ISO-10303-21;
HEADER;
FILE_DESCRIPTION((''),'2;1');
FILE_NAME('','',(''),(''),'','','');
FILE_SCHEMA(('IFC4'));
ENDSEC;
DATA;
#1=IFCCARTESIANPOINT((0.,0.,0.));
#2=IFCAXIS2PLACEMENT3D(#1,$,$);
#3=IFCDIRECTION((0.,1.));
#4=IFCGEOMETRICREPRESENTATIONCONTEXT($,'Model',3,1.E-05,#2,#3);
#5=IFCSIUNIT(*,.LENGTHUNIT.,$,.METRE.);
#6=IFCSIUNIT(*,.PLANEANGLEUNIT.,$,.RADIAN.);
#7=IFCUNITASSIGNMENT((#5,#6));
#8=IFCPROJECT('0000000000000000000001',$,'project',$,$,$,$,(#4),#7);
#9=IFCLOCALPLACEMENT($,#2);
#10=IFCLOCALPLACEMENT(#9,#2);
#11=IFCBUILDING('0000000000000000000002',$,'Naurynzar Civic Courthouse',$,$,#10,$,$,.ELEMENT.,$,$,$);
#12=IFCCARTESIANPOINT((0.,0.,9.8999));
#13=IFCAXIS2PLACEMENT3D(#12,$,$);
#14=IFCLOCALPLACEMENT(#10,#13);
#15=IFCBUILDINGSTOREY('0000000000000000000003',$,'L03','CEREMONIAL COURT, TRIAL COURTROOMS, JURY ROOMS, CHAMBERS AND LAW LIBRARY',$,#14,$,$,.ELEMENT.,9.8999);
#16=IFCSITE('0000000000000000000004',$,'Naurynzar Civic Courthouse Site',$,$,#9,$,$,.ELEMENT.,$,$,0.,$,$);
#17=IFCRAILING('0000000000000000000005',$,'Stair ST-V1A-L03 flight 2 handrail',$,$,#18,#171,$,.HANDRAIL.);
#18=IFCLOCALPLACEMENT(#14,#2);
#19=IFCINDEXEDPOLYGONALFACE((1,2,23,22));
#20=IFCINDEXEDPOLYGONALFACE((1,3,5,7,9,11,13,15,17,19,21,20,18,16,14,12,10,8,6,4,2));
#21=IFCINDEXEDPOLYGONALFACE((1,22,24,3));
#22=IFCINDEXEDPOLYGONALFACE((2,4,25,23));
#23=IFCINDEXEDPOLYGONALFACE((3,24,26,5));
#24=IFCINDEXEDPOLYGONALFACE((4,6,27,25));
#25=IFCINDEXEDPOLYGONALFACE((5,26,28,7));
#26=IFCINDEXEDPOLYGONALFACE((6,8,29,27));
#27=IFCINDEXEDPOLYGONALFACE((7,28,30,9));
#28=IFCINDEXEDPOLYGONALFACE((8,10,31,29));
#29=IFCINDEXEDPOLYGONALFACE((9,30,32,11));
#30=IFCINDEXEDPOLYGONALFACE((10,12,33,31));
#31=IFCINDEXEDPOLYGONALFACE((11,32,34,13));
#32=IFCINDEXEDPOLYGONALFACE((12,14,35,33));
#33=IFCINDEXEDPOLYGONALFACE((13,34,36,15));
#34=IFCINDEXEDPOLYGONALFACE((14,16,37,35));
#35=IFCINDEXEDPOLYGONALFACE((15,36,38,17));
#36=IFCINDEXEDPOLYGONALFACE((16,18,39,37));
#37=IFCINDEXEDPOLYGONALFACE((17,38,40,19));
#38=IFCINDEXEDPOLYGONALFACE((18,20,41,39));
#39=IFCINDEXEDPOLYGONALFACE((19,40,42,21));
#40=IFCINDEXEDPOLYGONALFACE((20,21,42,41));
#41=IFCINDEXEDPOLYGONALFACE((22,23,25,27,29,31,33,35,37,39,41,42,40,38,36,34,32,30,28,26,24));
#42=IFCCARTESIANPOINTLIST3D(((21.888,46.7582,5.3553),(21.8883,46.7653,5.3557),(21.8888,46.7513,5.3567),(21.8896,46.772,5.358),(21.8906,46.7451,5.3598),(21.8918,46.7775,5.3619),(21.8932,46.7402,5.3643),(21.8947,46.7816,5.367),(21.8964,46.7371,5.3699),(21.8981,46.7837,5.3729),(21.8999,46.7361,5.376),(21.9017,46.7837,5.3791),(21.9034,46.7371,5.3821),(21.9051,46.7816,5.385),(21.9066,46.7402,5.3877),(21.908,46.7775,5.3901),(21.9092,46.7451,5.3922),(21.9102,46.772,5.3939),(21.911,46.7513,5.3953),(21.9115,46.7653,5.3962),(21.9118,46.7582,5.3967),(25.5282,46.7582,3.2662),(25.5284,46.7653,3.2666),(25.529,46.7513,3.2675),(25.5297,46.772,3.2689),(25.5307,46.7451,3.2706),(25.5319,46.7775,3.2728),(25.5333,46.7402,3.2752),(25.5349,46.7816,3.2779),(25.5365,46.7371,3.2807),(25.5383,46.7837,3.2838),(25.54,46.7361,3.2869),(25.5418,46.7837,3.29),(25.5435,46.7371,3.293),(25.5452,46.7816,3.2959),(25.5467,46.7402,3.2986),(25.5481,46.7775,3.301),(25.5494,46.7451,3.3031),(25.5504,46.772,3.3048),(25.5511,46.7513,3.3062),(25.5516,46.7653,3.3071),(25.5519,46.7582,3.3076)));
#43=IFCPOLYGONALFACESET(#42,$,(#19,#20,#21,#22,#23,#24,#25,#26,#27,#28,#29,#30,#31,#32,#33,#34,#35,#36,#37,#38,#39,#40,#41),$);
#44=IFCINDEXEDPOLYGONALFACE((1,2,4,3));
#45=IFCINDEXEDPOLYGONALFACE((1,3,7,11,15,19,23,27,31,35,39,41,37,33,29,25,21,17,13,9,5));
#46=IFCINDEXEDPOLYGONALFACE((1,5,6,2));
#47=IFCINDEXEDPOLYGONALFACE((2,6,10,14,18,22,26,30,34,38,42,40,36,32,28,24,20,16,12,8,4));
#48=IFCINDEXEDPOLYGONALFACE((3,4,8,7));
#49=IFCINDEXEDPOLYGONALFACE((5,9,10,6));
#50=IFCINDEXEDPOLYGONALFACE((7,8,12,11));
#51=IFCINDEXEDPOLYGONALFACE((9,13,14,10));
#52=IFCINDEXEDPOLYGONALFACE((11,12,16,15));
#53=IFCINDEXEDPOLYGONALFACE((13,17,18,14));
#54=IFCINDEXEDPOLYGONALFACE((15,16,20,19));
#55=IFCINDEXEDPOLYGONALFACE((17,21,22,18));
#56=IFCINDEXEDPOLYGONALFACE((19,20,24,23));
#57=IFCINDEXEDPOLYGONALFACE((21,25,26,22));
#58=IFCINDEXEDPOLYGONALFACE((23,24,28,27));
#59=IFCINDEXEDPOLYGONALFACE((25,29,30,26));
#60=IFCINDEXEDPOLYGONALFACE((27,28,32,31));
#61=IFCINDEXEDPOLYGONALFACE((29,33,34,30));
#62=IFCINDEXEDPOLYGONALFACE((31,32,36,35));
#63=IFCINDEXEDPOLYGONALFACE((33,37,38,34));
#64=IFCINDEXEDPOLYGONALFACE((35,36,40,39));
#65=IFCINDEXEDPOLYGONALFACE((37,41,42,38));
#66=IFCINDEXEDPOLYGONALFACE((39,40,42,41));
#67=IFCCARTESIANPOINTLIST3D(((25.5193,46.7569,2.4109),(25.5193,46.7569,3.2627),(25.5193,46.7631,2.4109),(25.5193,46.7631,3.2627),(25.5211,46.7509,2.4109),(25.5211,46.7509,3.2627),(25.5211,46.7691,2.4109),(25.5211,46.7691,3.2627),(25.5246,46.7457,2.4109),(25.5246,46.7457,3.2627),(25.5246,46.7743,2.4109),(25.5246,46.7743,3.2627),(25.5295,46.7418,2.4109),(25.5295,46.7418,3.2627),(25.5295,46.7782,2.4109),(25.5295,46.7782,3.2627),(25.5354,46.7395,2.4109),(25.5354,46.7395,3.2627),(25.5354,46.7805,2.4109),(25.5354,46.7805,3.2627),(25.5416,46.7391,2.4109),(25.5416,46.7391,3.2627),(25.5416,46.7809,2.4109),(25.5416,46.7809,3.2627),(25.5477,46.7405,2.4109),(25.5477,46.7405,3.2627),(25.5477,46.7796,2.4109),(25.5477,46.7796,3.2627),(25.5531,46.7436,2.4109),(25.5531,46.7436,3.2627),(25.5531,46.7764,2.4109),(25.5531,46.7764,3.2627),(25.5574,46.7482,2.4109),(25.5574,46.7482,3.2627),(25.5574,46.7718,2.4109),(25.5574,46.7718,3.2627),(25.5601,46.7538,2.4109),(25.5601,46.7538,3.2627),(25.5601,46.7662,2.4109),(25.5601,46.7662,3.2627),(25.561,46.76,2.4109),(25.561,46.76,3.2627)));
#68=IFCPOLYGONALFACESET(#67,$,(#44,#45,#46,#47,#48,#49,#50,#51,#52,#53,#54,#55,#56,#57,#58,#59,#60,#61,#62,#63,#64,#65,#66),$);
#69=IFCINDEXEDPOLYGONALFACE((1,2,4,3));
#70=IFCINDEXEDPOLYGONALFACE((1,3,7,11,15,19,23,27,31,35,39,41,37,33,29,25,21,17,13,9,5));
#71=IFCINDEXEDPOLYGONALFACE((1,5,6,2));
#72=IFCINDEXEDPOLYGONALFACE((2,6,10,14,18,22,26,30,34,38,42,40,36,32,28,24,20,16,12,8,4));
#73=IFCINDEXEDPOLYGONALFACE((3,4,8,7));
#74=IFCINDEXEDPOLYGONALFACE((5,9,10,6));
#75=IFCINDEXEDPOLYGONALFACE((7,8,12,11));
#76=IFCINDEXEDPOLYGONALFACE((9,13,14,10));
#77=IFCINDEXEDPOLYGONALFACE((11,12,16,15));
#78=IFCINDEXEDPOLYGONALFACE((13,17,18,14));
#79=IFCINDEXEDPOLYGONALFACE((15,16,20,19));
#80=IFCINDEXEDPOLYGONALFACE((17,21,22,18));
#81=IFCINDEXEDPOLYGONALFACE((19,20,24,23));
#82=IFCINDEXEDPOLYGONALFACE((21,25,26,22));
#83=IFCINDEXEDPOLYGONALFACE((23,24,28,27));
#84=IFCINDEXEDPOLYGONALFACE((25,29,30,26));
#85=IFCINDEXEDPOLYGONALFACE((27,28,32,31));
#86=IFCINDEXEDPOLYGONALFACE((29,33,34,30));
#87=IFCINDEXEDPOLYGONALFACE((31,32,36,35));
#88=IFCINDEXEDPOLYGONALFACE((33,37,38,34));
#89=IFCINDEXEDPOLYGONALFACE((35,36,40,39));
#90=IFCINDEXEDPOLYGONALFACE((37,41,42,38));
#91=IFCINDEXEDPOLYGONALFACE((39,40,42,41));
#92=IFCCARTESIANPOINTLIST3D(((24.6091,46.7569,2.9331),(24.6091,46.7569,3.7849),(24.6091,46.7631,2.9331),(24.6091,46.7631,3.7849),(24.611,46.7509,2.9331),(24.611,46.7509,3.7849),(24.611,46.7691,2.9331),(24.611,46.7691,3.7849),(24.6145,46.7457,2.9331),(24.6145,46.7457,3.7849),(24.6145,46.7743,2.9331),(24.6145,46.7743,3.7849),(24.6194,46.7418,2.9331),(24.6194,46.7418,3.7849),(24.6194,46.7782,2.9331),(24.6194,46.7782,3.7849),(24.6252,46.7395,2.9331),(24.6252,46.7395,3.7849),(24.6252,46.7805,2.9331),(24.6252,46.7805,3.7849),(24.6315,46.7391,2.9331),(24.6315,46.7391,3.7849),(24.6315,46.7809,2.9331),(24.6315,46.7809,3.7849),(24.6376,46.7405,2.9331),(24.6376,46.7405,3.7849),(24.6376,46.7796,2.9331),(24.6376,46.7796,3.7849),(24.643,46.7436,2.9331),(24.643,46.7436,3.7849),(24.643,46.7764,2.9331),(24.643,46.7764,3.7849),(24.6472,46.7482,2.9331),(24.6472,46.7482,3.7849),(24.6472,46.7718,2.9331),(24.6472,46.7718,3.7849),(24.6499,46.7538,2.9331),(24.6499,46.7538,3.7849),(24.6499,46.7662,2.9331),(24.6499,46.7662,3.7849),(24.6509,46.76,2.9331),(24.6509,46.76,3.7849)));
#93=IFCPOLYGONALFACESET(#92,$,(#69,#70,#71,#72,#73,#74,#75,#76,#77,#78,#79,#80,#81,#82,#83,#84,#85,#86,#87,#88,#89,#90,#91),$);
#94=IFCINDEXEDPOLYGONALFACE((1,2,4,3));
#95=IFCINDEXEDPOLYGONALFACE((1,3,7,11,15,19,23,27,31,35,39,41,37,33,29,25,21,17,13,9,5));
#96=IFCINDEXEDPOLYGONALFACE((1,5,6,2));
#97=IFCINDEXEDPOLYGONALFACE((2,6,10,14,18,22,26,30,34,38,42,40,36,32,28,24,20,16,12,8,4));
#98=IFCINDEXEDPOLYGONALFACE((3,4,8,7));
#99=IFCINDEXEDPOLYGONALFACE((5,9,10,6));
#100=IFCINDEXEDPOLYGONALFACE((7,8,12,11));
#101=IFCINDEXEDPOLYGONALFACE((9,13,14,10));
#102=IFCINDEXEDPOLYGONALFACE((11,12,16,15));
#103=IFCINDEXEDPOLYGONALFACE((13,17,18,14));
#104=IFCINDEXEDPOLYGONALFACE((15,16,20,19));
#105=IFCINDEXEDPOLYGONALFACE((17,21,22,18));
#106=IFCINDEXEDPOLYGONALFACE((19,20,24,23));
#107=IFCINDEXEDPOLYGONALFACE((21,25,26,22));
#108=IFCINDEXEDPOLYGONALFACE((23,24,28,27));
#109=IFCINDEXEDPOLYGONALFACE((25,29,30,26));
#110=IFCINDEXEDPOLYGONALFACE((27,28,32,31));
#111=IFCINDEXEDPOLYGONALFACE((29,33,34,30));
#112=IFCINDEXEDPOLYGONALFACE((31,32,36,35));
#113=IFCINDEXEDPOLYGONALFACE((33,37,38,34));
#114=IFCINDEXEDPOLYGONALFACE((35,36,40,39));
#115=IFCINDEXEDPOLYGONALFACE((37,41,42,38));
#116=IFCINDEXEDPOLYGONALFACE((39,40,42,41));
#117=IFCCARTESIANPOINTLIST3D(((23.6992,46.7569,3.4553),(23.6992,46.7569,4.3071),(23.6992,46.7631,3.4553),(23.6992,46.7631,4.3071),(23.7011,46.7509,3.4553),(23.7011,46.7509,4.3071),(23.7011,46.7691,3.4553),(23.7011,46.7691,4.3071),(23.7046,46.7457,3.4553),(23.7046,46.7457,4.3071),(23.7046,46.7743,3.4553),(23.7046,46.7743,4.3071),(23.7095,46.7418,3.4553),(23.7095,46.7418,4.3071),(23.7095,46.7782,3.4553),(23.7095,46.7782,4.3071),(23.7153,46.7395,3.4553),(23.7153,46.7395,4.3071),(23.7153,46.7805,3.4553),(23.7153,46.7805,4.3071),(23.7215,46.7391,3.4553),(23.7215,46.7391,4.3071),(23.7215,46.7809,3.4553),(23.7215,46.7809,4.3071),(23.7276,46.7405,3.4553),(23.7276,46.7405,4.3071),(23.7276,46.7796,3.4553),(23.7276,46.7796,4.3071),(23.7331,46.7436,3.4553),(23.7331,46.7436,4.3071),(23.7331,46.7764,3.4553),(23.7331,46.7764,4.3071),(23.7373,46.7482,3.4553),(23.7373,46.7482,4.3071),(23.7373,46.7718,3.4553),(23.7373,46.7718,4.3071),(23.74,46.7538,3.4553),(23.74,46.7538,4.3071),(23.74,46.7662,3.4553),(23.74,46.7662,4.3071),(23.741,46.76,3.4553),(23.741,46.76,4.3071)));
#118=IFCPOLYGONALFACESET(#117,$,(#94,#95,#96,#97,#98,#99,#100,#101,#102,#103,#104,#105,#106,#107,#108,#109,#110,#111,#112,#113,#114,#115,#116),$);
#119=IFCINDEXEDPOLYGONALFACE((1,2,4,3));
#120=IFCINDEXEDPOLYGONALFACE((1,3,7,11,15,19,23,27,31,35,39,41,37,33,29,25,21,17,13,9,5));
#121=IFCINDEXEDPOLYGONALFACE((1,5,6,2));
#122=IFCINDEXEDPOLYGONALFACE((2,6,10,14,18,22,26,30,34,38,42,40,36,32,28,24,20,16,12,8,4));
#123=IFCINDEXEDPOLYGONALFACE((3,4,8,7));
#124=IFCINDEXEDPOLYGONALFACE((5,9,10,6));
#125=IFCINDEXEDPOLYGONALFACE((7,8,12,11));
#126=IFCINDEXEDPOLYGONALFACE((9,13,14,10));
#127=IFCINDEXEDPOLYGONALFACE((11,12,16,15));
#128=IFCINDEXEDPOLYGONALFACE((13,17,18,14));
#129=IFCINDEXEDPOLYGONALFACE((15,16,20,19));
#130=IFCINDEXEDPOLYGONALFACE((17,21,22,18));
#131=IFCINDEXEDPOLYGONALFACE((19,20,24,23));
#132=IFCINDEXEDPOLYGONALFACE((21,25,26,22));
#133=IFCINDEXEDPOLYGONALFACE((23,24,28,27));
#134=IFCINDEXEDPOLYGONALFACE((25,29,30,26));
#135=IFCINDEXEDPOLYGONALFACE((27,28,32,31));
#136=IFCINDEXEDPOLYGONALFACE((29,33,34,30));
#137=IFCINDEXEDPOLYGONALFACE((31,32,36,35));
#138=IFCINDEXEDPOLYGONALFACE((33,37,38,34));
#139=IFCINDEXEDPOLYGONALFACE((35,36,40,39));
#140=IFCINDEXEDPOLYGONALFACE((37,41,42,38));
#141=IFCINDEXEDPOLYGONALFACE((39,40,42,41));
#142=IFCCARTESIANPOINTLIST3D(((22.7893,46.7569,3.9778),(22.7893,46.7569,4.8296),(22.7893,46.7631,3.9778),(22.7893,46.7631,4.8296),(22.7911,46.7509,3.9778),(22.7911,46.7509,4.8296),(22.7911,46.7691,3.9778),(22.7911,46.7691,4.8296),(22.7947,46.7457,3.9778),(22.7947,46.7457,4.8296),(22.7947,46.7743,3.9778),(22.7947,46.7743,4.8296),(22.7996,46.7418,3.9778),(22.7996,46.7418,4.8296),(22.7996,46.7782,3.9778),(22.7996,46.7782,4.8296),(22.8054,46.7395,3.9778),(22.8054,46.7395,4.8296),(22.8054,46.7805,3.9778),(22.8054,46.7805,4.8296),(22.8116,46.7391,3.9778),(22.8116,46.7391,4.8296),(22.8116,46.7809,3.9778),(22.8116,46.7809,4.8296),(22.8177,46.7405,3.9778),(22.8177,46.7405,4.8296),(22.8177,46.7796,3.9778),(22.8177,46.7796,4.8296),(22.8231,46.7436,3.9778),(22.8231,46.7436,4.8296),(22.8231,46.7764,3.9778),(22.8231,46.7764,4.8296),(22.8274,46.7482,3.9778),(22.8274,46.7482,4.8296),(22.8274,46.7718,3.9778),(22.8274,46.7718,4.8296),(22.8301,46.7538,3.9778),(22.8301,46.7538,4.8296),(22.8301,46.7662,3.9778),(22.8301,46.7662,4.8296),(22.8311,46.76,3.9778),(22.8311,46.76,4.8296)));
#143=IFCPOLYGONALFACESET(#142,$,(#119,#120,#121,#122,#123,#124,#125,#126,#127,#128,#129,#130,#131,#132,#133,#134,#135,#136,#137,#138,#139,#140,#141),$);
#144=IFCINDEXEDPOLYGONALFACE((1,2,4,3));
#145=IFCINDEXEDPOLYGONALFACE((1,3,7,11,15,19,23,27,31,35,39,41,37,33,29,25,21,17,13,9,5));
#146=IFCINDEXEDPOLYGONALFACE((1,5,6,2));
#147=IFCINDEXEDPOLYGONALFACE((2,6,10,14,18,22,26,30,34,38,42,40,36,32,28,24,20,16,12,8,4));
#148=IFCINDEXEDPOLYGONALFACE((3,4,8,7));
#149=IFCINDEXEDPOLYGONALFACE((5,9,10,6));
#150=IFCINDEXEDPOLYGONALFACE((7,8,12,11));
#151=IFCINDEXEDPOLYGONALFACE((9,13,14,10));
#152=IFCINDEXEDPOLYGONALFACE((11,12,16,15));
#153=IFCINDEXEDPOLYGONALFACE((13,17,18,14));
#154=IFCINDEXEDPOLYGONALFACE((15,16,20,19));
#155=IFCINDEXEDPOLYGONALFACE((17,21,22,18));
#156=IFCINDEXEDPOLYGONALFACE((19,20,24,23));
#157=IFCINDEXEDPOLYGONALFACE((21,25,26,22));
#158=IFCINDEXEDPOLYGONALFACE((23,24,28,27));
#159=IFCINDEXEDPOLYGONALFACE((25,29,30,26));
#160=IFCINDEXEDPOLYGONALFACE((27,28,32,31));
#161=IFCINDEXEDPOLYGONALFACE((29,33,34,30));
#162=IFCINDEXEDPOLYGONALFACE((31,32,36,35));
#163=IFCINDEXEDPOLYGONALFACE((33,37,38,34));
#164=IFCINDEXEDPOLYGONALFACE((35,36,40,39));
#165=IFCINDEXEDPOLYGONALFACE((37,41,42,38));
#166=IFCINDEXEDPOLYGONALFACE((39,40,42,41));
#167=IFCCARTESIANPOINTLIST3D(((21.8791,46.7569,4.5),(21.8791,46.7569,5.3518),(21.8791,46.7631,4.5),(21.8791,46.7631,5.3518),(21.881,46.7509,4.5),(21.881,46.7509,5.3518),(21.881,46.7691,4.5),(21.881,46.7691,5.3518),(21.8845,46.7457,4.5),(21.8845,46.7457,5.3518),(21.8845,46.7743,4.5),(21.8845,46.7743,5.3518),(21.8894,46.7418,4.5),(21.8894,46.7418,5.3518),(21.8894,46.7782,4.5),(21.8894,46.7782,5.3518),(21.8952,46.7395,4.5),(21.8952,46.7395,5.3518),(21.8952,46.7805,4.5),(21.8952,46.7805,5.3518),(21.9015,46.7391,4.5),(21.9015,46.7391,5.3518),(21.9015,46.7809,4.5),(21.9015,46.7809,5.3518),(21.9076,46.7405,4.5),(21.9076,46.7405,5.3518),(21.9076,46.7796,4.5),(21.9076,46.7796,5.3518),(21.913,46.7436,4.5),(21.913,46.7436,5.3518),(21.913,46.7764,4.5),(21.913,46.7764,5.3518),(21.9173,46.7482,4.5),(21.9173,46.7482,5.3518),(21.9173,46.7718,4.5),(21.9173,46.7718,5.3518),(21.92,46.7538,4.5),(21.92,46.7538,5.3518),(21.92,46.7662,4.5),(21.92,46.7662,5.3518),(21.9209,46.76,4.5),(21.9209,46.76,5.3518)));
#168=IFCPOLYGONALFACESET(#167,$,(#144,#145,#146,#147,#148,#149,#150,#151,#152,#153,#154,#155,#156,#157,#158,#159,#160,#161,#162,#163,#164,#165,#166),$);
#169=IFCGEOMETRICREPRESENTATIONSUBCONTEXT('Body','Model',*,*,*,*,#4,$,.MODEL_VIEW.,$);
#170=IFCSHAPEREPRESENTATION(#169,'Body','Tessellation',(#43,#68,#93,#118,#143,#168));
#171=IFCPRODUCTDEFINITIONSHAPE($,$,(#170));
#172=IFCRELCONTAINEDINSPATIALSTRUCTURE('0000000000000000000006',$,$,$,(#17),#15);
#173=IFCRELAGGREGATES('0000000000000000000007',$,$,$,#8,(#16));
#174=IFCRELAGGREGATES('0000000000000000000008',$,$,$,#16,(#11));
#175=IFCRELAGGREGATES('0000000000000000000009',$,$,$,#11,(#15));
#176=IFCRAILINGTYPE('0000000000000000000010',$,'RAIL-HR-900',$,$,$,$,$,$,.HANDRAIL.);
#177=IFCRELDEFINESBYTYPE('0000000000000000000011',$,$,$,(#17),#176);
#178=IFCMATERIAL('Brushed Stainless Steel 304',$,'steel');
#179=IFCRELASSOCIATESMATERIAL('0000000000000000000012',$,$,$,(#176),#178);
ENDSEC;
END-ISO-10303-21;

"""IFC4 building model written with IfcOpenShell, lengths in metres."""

from ifc_helpers import new_model, si_unit, direction, frame, origin, origin_2d, place, context, subcontext, project, spatial, circle, extrude, material, type_object, element, save


model = new_model("IFC4")

# Units and contexts
model_context = context("Model", 3, precision=1e-05, world=origin(), true_north=direction((0.0, 1.0)))
body_context = subcontext(model_context, "Body", "Model", "MODEL_VIEW")
ifc_project = project(units=[si_unit("LENGTHUNIT", "METRE"), si_unit("PLANEANGLEUNIT", "RADIAN")], contexts=[model_context])

# Site, building, storey
site_placement = place(None, origin())
site = spatial("IfcSite", under=ifc_project, at=site_placement, Name="Naurynzar Civic Courthouse Site", CompositionType="ELEMENT", RefElevation=0.0)
building_placement = place(site_placement, origin())
building = spatial("IfcBuilding", under=site, at=building_placement, Name="Naurynzar Civic Courthouse", CompositionType="ELEMENT")
storey_placement = place(building_placement, frame((0.0, 0.0, 9.8999)))
storey = spatial("IfcBuildingStorey", under=building, at=storey_placement, Name="L03", Description="CEREMONIAL COURT, TRIAL COURTROOMS, JURY ROOMS, CHAMBERS AND LAW LIBRARY", CompositionType="ELEMENT", Elevation=9.8999)

# Railing
ifc_material_1 = material(Name="Brushed Stainless Steel 304", Category="steel")
railing_type_1 = type_object("IfcRailingType", Name="RAIL-HR-900", PredefinedType="HANDRAIL", material=ifc_material_1)
railing_1_placement = place(storey_placement, frame((25.54, 46.76, 2.4109)))
element("IfcRailing", 1, at=railing_1_placement, inside=storey, type_object=railing_type_1, Name="Stair ST-V1A-L03 flight 2 handrail", PredefinedType="HANDRAIL", context=body_context, shape_type="SweptSolid", body=[
    extrude(circle(Radius=0.0239, at=origin_2d()), frame((0.0, 0.0, 0.876), z_axis=(-0.867314, 0.0, 0.497761), x_axis=(0.0, -1.0, 0.0)), (0.0, 0.0, 1.0), 4.197),
    extrude(circle(Radius=0.021, at=origin_2d()), origin(), (0.0, 0.0, 1.0), 0.8518),
    extrude(circle(Radius=0.021, at=origin_2d()), frame((-0.9102, 0.0, 0.5222)), (0.0, 0.0, 1.0), 0.8518),
    extrude(circle(Radius=0.021, at=origin_2d()), frame((-1.8201, 0.0, 1.0444)), (0.0, 0.0, 1.0), 0.8518),
    extrude(circle(Radius=0.021, at=origin_2d()), frame((-2.73, 0.0, 1.5669)), (0.0, 0.0, 1.0), 0.8518),
    extrude(circle(Radius=0.021, at=origin_2d()), frame((-3.6401, 0.0, 2.0891)), (0.0, 0.0, 1.0), 0.8518),
])

save(model, "model.ifc")
